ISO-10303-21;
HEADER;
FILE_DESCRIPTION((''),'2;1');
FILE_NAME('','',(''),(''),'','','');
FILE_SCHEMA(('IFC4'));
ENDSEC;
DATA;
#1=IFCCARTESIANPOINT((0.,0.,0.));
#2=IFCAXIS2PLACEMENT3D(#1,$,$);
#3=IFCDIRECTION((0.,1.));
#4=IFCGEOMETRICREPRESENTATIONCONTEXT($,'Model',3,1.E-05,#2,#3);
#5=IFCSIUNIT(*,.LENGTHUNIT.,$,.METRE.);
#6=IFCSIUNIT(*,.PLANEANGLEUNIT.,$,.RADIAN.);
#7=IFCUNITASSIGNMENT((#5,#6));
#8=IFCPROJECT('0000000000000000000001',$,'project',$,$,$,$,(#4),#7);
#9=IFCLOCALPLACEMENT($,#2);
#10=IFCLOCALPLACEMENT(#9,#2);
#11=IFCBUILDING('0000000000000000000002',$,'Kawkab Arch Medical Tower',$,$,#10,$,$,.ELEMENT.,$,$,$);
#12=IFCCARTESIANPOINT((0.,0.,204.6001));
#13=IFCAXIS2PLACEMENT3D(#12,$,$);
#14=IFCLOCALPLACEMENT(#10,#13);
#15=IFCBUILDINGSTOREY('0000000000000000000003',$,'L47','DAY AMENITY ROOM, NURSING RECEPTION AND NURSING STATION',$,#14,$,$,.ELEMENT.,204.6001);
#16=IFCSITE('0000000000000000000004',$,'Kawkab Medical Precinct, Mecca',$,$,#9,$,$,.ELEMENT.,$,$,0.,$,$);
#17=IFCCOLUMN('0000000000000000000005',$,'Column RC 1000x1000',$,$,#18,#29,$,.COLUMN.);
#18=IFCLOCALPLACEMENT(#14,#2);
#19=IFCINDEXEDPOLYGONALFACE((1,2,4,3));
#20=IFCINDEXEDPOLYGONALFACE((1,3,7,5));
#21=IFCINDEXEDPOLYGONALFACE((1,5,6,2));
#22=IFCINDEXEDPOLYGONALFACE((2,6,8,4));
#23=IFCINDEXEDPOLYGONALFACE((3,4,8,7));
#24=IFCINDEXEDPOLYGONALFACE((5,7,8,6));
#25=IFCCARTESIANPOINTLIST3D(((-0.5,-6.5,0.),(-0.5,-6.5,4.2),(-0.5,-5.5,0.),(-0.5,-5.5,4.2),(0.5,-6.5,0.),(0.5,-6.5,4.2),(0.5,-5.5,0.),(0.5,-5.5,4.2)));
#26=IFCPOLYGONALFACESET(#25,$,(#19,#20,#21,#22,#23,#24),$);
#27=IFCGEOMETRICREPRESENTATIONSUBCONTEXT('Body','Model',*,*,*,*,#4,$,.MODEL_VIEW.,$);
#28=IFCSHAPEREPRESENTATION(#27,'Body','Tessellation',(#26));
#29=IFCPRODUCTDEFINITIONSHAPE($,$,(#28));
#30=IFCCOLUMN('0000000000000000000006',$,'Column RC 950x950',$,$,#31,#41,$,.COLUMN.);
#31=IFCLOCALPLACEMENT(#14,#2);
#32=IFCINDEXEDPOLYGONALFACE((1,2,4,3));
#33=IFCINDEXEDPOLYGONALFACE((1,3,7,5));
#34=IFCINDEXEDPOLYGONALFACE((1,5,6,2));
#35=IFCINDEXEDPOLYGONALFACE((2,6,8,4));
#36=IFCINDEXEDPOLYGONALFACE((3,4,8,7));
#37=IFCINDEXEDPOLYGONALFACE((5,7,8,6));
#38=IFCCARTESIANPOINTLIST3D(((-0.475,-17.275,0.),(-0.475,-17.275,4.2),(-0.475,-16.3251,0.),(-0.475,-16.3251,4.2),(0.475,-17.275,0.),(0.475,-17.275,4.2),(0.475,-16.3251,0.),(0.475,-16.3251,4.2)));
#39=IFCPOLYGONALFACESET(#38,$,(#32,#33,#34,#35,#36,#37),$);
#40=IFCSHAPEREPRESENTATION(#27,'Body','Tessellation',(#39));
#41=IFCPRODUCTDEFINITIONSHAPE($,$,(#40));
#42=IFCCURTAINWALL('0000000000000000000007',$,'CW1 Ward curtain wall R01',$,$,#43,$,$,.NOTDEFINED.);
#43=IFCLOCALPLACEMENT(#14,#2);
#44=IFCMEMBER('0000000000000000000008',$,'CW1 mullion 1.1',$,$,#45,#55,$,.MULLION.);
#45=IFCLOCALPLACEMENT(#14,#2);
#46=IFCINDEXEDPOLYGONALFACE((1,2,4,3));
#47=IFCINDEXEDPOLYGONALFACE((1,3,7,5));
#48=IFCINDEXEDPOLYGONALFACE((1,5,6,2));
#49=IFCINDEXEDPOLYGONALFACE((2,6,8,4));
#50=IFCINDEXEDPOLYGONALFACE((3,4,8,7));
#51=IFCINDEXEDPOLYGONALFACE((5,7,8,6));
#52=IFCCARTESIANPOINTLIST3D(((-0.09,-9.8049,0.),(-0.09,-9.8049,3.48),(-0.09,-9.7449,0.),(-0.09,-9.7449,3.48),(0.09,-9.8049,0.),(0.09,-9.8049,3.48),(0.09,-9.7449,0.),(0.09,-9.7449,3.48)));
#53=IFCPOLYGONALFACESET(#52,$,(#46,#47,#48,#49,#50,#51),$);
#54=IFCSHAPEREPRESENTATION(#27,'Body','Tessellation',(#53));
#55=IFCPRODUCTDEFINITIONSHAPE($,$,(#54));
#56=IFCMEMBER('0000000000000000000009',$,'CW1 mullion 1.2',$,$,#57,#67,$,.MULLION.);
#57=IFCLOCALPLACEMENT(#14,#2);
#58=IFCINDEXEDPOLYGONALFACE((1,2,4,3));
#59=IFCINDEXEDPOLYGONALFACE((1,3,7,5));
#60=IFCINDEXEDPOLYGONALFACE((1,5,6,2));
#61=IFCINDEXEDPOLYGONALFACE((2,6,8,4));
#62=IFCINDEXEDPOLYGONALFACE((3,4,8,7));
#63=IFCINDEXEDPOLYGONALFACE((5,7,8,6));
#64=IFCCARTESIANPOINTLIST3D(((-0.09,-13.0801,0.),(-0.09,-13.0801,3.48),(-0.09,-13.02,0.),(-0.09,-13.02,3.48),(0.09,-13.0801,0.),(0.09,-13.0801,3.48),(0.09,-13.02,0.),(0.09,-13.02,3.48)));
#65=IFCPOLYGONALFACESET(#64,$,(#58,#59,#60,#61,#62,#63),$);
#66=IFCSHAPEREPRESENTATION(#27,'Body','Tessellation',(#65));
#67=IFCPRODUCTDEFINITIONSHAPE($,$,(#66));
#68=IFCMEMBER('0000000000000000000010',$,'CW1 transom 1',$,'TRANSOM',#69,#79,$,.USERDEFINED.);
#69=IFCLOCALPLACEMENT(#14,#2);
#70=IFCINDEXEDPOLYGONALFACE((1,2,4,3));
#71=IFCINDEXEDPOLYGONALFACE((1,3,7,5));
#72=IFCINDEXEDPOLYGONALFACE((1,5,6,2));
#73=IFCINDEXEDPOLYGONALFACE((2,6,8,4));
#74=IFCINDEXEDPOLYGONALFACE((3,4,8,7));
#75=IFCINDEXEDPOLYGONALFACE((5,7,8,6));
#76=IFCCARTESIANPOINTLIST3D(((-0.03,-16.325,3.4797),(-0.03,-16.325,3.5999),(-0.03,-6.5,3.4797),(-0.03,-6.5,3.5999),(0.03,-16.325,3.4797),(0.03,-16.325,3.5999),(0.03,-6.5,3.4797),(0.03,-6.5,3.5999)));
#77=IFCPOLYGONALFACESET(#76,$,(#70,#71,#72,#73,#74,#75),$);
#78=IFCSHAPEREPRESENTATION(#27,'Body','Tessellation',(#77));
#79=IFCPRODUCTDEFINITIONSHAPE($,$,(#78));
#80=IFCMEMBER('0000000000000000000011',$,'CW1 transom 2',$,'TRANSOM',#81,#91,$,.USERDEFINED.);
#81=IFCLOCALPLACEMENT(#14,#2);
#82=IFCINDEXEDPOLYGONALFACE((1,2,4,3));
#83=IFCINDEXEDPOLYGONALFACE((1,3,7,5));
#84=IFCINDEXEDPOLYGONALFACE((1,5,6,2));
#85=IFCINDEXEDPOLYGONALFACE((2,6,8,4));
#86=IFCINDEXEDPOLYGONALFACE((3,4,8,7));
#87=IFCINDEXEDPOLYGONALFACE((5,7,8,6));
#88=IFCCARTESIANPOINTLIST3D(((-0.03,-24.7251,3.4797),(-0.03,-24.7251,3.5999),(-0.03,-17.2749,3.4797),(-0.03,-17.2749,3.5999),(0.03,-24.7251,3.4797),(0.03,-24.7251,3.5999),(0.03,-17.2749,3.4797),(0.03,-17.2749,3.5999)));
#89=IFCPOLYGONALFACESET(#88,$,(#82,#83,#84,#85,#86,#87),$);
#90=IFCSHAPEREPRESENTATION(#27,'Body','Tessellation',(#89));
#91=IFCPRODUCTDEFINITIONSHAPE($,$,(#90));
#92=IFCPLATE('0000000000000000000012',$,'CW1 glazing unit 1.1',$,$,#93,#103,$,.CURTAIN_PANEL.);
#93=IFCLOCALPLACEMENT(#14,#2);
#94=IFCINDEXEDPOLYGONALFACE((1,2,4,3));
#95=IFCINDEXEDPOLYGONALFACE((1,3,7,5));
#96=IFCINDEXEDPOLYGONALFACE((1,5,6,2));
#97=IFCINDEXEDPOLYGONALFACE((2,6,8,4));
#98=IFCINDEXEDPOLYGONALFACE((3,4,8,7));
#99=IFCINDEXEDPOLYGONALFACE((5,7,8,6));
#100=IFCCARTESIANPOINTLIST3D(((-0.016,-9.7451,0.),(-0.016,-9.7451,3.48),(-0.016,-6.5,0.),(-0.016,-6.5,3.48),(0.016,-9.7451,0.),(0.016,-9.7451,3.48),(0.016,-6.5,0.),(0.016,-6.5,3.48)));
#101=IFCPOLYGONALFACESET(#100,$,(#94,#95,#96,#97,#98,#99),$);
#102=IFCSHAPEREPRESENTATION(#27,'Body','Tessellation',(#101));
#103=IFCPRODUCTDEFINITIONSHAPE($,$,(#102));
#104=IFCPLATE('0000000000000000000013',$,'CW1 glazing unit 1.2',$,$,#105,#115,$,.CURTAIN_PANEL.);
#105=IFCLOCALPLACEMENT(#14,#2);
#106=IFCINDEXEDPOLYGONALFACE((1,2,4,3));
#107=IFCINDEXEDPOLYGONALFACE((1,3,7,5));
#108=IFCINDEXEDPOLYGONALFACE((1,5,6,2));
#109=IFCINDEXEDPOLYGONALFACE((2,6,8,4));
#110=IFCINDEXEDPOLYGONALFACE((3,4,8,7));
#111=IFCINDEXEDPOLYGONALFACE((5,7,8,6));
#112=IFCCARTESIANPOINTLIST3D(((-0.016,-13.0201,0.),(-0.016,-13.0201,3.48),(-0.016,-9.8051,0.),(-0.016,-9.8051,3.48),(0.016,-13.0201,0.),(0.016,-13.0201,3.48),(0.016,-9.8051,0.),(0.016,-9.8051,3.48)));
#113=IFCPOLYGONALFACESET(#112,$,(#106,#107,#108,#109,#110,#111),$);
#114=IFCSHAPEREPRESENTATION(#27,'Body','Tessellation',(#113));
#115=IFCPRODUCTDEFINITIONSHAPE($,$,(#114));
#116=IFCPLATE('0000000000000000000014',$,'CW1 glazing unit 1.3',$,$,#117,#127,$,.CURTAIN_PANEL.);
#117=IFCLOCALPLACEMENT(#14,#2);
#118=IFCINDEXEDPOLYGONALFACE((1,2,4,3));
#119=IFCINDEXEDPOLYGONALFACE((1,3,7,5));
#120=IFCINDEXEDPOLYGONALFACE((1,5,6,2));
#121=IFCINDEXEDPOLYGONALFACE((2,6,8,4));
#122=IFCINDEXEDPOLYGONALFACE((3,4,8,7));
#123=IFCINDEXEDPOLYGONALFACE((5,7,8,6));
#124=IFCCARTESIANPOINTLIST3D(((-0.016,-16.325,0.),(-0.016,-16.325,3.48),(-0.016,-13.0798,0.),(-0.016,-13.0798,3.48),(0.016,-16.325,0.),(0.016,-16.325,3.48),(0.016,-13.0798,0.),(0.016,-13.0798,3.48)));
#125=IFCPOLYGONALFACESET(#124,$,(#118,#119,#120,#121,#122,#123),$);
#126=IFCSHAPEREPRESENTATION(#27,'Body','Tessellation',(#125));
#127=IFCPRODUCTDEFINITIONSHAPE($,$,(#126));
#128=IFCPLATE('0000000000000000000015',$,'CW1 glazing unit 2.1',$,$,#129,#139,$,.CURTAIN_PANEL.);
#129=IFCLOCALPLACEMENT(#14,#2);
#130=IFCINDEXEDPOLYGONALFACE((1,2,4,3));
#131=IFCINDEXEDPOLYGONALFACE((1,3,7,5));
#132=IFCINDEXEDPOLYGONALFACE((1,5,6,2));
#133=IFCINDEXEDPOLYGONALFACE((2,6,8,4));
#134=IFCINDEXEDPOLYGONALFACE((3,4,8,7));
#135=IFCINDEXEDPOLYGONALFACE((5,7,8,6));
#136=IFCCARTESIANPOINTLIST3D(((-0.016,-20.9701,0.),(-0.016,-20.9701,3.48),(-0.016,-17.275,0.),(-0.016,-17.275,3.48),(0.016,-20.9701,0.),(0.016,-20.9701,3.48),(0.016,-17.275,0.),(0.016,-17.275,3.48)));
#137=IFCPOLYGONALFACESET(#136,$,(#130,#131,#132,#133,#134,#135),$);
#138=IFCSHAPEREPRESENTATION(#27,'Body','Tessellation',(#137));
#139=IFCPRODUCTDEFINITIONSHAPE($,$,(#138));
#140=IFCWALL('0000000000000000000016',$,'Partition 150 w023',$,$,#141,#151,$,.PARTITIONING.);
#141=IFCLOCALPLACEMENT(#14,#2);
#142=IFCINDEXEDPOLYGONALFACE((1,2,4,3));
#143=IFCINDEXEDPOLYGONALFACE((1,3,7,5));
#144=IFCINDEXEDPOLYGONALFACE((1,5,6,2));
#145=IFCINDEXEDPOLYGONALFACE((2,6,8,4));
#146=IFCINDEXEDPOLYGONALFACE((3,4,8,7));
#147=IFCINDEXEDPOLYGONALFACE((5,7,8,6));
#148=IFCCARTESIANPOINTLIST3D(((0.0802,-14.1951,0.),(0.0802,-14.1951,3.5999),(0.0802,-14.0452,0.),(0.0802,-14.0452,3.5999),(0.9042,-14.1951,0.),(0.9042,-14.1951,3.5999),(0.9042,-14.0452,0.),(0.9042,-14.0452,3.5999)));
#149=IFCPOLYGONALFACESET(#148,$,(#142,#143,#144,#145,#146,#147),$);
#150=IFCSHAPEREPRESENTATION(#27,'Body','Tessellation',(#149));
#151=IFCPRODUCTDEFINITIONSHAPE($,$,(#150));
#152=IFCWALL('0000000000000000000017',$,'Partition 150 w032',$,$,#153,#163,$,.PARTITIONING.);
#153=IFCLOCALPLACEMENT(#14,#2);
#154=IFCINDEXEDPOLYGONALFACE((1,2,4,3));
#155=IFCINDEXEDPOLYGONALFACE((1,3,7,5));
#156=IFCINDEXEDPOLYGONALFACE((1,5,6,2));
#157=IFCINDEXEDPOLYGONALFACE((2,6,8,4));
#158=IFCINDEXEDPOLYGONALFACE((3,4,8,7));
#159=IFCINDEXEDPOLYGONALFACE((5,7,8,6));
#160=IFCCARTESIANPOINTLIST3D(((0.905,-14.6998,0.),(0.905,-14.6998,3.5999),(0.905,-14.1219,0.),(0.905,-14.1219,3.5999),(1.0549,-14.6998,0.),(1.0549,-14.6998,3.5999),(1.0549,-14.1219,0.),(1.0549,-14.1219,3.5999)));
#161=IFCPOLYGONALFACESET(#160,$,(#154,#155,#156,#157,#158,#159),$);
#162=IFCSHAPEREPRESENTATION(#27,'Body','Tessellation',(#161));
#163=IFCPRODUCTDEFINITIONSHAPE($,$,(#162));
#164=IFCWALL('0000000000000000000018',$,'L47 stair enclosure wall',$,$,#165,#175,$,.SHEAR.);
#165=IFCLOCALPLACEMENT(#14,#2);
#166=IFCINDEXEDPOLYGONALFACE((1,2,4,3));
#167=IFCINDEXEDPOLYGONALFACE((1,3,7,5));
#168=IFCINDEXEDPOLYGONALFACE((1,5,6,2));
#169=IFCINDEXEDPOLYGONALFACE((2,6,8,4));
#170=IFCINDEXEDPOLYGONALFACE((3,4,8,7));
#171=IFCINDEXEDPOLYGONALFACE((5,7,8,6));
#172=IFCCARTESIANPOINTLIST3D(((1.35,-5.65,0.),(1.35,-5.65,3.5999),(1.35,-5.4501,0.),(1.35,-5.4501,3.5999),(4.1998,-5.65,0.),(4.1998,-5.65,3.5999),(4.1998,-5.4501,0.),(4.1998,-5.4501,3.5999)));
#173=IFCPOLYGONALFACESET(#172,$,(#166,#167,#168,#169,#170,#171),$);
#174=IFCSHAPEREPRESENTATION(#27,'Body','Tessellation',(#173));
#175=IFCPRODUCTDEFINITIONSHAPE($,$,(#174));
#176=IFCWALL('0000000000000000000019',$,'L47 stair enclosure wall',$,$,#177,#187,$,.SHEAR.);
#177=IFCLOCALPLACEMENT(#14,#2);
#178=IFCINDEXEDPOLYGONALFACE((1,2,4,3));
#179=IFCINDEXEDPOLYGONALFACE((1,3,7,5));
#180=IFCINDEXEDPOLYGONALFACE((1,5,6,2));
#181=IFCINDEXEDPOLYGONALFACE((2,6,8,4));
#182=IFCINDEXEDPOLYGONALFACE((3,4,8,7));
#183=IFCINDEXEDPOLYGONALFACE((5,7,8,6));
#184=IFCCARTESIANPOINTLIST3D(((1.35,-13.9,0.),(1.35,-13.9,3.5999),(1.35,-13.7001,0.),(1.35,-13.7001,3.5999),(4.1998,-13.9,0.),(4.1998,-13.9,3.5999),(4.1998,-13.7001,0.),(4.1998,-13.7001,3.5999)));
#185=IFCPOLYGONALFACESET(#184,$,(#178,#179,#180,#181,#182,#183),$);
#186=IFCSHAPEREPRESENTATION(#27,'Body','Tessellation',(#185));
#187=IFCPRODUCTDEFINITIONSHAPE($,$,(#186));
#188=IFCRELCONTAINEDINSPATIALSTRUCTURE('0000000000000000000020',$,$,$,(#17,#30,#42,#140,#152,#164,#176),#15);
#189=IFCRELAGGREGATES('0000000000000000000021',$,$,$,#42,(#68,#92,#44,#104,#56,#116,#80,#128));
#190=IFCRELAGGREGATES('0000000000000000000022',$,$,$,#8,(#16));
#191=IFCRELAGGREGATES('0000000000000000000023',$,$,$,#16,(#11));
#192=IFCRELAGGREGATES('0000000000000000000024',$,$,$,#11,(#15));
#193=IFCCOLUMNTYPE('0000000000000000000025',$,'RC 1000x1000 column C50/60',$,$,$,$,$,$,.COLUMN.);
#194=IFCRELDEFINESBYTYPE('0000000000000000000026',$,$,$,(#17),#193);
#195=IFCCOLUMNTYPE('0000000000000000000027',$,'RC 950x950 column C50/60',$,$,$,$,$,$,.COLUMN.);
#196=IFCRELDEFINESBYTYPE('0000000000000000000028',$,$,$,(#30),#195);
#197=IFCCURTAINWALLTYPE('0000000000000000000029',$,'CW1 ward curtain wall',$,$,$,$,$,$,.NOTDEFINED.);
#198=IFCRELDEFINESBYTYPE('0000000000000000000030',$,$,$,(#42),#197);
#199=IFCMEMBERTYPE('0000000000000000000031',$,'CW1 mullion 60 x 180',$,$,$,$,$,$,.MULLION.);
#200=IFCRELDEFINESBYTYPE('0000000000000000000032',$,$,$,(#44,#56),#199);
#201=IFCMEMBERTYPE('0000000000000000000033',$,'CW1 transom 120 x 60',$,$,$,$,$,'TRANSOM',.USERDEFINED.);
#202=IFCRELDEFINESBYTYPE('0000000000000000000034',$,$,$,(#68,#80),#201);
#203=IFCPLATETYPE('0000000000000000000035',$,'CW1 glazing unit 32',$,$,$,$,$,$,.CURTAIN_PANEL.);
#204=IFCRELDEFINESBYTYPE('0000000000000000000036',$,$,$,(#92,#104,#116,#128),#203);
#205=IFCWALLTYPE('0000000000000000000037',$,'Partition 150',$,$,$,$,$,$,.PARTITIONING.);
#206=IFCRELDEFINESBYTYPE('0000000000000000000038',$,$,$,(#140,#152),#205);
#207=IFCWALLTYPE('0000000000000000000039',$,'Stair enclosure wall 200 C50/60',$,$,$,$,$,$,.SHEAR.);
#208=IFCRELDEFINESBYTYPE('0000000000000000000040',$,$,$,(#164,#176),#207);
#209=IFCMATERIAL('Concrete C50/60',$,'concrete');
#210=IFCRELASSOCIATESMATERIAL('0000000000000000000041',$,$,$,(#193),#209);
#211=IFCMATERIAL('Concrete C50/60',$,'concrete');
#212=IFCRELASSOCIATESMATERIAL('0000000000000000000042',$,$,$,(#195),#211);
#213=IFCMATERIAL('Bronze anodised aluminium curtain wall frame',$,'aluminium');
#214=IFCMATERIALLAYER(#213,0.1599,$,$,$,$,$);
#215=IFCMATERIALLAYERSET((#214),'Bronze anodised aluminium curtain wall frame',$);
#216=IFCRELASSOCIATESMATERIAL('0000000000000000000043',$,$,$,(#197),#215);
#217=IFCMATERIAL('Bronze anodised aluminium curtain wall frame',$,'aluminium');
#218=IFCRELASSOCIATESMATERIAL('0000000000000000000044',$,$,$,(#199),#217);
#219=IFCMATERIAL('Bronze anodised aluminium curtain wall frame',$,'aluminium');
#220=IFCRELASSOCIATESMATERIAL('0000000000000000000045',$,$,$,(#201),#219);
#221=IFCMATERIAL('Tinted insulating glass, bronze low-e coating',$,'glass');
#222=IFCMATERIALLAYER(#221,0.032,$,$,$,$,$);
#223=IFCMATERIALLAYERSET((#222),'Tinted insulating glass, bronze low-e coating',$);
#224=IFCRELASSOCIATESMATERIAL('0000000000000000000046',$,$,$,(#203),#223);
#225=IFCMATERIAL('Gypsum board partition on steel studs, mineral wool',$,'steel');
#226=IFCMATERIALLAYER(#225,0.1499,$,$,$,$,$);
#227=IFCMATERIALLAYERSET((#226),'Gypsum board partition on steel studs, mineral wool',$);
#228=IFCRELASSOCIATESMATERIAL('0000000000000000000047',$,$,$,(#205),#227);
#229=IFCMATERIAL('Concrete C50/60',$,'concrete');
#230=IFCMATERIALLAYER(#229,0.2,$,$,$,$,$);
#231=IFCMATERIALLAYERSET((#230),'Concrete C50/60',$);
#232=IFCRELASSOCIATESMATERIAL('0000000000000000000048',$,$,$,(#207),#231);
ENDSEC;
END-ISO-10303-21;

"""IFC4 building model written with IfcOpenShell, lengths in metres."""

from ifc_helpers import new_model, si_unit, direction, frame, frame_2d, origin, origin_2d, place, context, subcontext, project, spatial, rectangle, extrude, material, layer, layer_set, material_profile, profile_set, type_object, element, aggregate, save


model = new_model("IFC4")

# Units and contexts
model_context = context("Model", 3, precision=1e-05, world=origin(), true_north=direction((0.0, 1.0)))
body_context = subcontext(model_context, "Body", "Model", "MODEL_VIEW")
ifc_project = project(units=[si_unit("LENGTHUNIT", "METRE"), si_unit("PLANEANGLEUNIT", "RADIAN")], contexts=[model_context])

# Site, building, storey
site_placement = place(None, origin())
site = spatial("IfcSite", under=ifc_project, at=site_placement, Name="Kawkab Medical Precinct, Mecca", CompositionType="ELEMENT", RefElevation=0.0)
building_placement = place(site_placement, origin())
building = spatial("IfcBuilding", under=site, at=building_placement, Name="Kawkab Arch Medical Tower", CompositionType="ELEMENT")
storey_placement = place(building_placement, frame((0.0, 0.0, 204.6001)))
storey = spatial("IfcBuildingStorey", under=building, at=storey_placement, Name="L47", Description="DAY AMENITY ROOM, NURSING RECEPTION AND NURSING STATION", CompositionType="ELEMENT", Elevation=204.6001)

# Columns
ifc_material_1 = material(Name="Concrete C50/60", Category="concrete")
ifc_material_profile_1 = material_profile(ifc_material_1, rectangle(XDim=1.0, YDim=1.0, at=origin_2d()), Name="RC 1000x1000")
ifc_profile_set_1 = profile_set([ifc_material_profile_1], Name="Concrete C50/60")
column_type_1 = type_object("IfcColumnType", Name="RC 1000x1000 column C50/60", PredefinedType="COLUMN", material=ifc_profile_set_1)
column_1_placement = place(storey_placement, frame((0.0, -6.0, 0.0), z_axis=(0.0, 0.0, 1.0), x_axis=(1.0, 0.0, 0.0)))
element("IfcColumn", 1, at=column_1_placement, inside=storey, type_object=column_type_1, Name="Column RC 1000x1000", PredefinedType="COLUMN", context=body_context, shape_type="SweptSolid", body=[
    extrude(rectangle(XDim=1.0, YDim=1.0, at=origin_2d()), origin(), (0.0, 0.0, 1.0), 4.2),
])
ifc_material_2 = material(Name="Concrete C50/60", Category="concrete")
ifc_material_profile_2 = material_profile(ifc_material_2, rectangle(XDim=0.95, YDim=0.95, at=origin_2d()), Name="RC 950x950")
ifc_profile_set_2 = profile_set([ifc_material_profile_2], Name="Concrete C50/60")
column_type_2 = type_object("IfcColumnType", Name="RC 950x950 column C50/60", PredefinedType="COLUMN", material=ifc_profile_set_2)
column_2_placement = place(storey_placement, frame((0.0, -16.8, 0.0), z_axis=(0.0, 0.0, 1.0), x_axis=(1.0, 0.0, 0.0)))
element("IfcColumn", 2, at=column_2_placement, inside=storey, type_object=column_type_2, Name="Column RC 950x950", PredefinedType="COLUMN", context=body_context, shape_type="SweptSolid", body=[
    extrude(rectangle(XDim=0.95, YDim=0.95, at=origin_2d()), origin(), (0.0, 0.0, 1.0), 4.2),
])

# Curtain wall, members, plates
ifc_material_3 = material(Name="Bronze anodised aluminium curtain wall frame", Category="aluminium")
ifc_layer_1 = layer(ifc_material_3, 0.1599)
ifc_layer_set_1 = layer_set([ifc_layer_1], Name="Bronze anodised aluminium curtain wall frame")
curtain_wall_type = type_object("IfcCurtainWallType", Name="CW1 ward curtain wall", PredefinedType="NOTDEFINED", material=ifc_layer_set_1)
placement = place(storey_placement, origin())
curtain_wall = element("IfcCurtainWall", 3, at=placement, inside=storey, type_object=curtain_wall_type, Name="CW1 Ward curtain wall R01", PredefinedType="NOTDEFINED")
ifc_material_4 = material(Name="Bronze anodised aluminium curtain wall frame", Category="aluminium")
ifc_material_profile_3 = material_profile(ifc_material_4, rectangle(XDim=0.1799, YDim=0.0601, at=origin_2d()), Name="AL 60x180")
ifc_profile_set_3 = profile_set([ifc_material_profile_3], Name="Bronze anodised aluminium curtain wall frame")
member_type_1 = type_object("IfcMemberType", Name="CW1 mullion 60 x 180", PredefinedType="MULLION", material=ifc_profile_set_3)
member_1_placement = place(storey_placement, frame((0.0, -9.7749, 0.0), z_axis=(0.0, 0.0, 1.0), x_axis=(1.0, 0.0, 0.0)))
member_1 = element("IfcMember", 4, at=member_1_placement, type_object=member_type_1, Name="CW1 mullion 1.1", PredefinedType="MULLION", context=body_context, shape_type="SweptSolid", body=[
    extrude(rectangle(XDim=0.1799, YDim=0.0601, at=origin_2d()), origin(), (0.0, 0.0, 1.0), 3.48),
])
member_2_placement = place(storey_placement, frame((0.0, -13.05, 0.0), z_axis=(0.0, 0.0, 1.0), x_axis=(1.0, 0.0, 0.0)))
member_2 = element("IfcMember", 5, at=member_2_placement, type_object=member_type_1, Name="CW1 mullion 1.2", PredefinedType="MULLION", context=body_context, shape_type="SweptSolid", body=[
    extrude(rectangle(XDim=0.1799, YDim=0.0601, at=origin_2d()), origin(), (0.0, 0.0, 1.0), 3.48),
])
ifc_material_5 = material(Name="Bronze anodised aluminium curtain wall frame", Category="aluminium")
ifc_material_profile_4 = material_profile(ifc_material_5, rectangle(XDim=0.0601, YDim=0.1201, at=origin_2d()), Name="AL 60x120")
ifc_profile_set_4 = profile_set([ifc_material_profile_4], Name="Bronze anodised aluminium curtain wall frame")
member_type_2 = type_object("IfcMemberType", Name="CW1 transom 120 x 60", ElementType="TRANSOM", PredefinedType="USERDEFINED", material=ifc_profile_set_4)
member_3_placement = place(storey_placement, frame((0.0, -6.5, 3.5398), z_axis=(0.0, -1.0, 0.0), x_axis=(1.0, 0.0, 0.0)))
member_3 = element("IfcMember", 6, at=member_3_placement, type_object=member_type_2, Name="CW1 transom 1", ObjectType="TRANSOM", PredefinedType="USERDEFINED", context=body_context, shape_type="SweptSolid", body=[
    extrude(rectangle(XDim=0.0601, YDim=0.1201, at=origin_2d()), origin(), (0.0, 0.0, 1.0), 9.825),
])
member_4_placement = place(storey_placement, frame((0.0, -17.2749, 3.5398), z_axis=(0.0, -1.0, 0.0), x_axis=(1.0, 0.0, 0.0)))
member_4 = element("IfcMember", 7, at=member_4_placement, type_object=member_type_2, Name="CW1 transom 2", ObjectType="TRANSOM", PredefinedType="USERDEFINED", context=body_context, shape_type="SweptSolid", body=[
    extrude(rectangle(XDim=0.0601, YDim=0.1201, at=origin_2d()), origin(), (0.0, 0.0, 1.0), 7.4502),
])
ifc_material_6 = material(Name="Tinted insulating glass, bronze low-e coating", Category="glass")
ifc_layer_2 = layer(ifc_material_6, 0.032)
ifc_layer_set_2 = layer_set([ifc_layer_2], Name="Tinted insulating glass, bronze low-e coating")
plate_type = type_object("IfcPlateType", Name="CW1 glazing unit 32", PredefinedType="CURTAIN_PANEL", material=ifc_layer_set_2)
plate_1_placement = place(storey_placement, frame((0.0, -8.1226, 0.0), z_axis=(0.0, 0.0, 1.0), x_axis=(0.0, -1.0, 0.0)))
plate_1 = element("IfcPlate", 8, at=plate_1_placement, type_object=plate_type, Name="CW1 glazing unit 1.1", PredefinedType="CURTAIN_PANEL", context=body_context, shape_type="SweptSolid", body=[
    extrude(rectangle(XDim=3.2451, YDim=0.032, at=origin_2d()), origin(), (0.0, 0.0, 1.0), 3.48),
])
plate_2_placement = place(storey_placement, frame((0.0, -11.4126, 0.0), z_axis=(0.0, 0.0, 1.0), x_axis=(0.0, -1.0, 0.0)))
plate_2 = element("IfcPlate", 9, at=plate_2_placement, type_object=plate_type, Name="CW1 glazing unit 1.2", PredefinedType="CURTAIN_PANEL", context=body_context, shape_type="SweptSolid", body=[
    extrude(rectangle(XDim=3.2151, YDim=0.032, at=origin_2d()), origin(), (0.0, 0.0, 1.0), 3.48),
])
plate_3_placement = place(storey_placement, frame((0.0, -14.7024, 0.0), z_axis=(0.0, 0.0, 1.0), x_axis=(0.0, -1.0, 0.0)))
plate_3 = element("IfcPlate", 10, at=plate_3_placement, type_object=plate_type, Name="CW1 glazing unit 1.3", PredefinedType="CURTAIN_PANEL", context=body_context, shape_type="SweptSolid", body=[
    extrude(rectangle(XDim=3.2451, YDim=0.032, at=origin_2d()), origin(), (0.0, 0.0, 1.0), 3.48),
])
plate_4_placement = place(storey_placement, frame((0.0, -19.1226, 0.0), z_axis=(0.0, 0.0, 1.0), x_axis=(0.0, -1.0, 0.0)))
plate_4 = element("IfcPlate", 11, at=plate_4_placement, type_object=plate_type, Name="CW1 glazing unit 2.1", PredefinedType="CURTAIN_PANEL", context=body_context, shape_type="SweptSolid", body=[
    extrude(rectangle(XDim=3.6951, YDim=0.032, at=origin_2d()), origin(), (0.0, 0.0, 1.0), 3.48),
])
aggregate(curtain_wall, [member_3, plate_1, member_1, plate_2, member_2, plate_3, member_4, plate_4])

# Walls
ifc_material_7 = material(Name="Gypsum board partition on steel studs, mineral wool", Category="steel")
ifc_layer_3 = layer(ifc_material_7, 0.1499)
ifc_layer_set_3 = layer_set([ifc_layer_3], Name="Gypsum board partition on steel studs, mineral wool")
wall_type_1 = type_object("IfcWallType", Name="Partition 150", PredefinedType="PARTITIONING", material=ifc_layer_set_3)
wall_1_placement = place(storey_placement, frame((0.0801, -14.1201, 0.0), z_axis=(0.0, 0.0, 1.0), x_axis=(1.0, 0.0, 0.0)))
element("IfcWall", 12, at=wall_1_placement, inside=storey, type_object=wall_type_1, Name="Partition 150 w023", PredefinedType="PARTITIONING", context=body_context, shape_type="SweptSolid", body=[
    extrude(rectangle(XDim=0.824, YDim=0.1499, at=frame_2d((0.4121, 0.0))), origin(), (0.0, 0.0, 1.0), 3.5999),
])
wall_2_placement = place(storey_placement, frame((0.98, -14.7, 0.0), z_axis=(0.0, 0.0, 1.0), x_axis=(0.0, 1.0, 0.0)))
element("IfcWall", 13, at=wall_2_placement, inside=storey, type_object=wall_type_1, Name="Partition 150 w032", PredefinedType="PARTITIONING", context=body_context, shape_type="SweptSolid", body=[
    extrude(rectangle(XDim=0.5779, YDim=0.1499, at=frame_2d((0.2891, 0.0))), origin(), (0.0, 0.0, 1.0), 3.5999),
])
ifc_material_8 = material(Name="Concrete C50/60", Category="concrete")
ifc_layer_4 = layer(ifc_material_8, 0.2)
ifc_layer_set_4 = layer_set([ifc_layer_4], Name="Concrete C50/60")
wall_type_2 = type_object("IfcWallType", Name="Stair enclosure wall 200 C50/60", PredefinedType="SHEAR", material=ifc_layer_set_4)
for number, where, z_axis, x_axis, name in (
    (14, (1.3501, -5.55, 0.0), (0.0, 0.0, 1.0), (1.0, 0.0, 0.0), "L47 stair enclosure wall"),
    (15, (1.3501, -13.8, 0.0), (0.0, 0.0, 1.0), (1.0, 0.0, 0.0), "L47 stair enclosure wall"),
):
    element("IfcWall", number, at=place(storey_placement, frame(where, z_axis=z_axis, x_axis=x_axis)), inside=storey, type_object=wall_type_2, Name=name, PredefinedType="SHEAR", context=body_context, shape_type="SweptSolid", body=[
        extrude(rectangle(XDim=2.8499, YDim=0.2, at=frame_2d((1.4248, 0.0))), origin(), (0.0, 0.0, 1.0), 3.5999),
    ])

save(model, "model.ifc")
